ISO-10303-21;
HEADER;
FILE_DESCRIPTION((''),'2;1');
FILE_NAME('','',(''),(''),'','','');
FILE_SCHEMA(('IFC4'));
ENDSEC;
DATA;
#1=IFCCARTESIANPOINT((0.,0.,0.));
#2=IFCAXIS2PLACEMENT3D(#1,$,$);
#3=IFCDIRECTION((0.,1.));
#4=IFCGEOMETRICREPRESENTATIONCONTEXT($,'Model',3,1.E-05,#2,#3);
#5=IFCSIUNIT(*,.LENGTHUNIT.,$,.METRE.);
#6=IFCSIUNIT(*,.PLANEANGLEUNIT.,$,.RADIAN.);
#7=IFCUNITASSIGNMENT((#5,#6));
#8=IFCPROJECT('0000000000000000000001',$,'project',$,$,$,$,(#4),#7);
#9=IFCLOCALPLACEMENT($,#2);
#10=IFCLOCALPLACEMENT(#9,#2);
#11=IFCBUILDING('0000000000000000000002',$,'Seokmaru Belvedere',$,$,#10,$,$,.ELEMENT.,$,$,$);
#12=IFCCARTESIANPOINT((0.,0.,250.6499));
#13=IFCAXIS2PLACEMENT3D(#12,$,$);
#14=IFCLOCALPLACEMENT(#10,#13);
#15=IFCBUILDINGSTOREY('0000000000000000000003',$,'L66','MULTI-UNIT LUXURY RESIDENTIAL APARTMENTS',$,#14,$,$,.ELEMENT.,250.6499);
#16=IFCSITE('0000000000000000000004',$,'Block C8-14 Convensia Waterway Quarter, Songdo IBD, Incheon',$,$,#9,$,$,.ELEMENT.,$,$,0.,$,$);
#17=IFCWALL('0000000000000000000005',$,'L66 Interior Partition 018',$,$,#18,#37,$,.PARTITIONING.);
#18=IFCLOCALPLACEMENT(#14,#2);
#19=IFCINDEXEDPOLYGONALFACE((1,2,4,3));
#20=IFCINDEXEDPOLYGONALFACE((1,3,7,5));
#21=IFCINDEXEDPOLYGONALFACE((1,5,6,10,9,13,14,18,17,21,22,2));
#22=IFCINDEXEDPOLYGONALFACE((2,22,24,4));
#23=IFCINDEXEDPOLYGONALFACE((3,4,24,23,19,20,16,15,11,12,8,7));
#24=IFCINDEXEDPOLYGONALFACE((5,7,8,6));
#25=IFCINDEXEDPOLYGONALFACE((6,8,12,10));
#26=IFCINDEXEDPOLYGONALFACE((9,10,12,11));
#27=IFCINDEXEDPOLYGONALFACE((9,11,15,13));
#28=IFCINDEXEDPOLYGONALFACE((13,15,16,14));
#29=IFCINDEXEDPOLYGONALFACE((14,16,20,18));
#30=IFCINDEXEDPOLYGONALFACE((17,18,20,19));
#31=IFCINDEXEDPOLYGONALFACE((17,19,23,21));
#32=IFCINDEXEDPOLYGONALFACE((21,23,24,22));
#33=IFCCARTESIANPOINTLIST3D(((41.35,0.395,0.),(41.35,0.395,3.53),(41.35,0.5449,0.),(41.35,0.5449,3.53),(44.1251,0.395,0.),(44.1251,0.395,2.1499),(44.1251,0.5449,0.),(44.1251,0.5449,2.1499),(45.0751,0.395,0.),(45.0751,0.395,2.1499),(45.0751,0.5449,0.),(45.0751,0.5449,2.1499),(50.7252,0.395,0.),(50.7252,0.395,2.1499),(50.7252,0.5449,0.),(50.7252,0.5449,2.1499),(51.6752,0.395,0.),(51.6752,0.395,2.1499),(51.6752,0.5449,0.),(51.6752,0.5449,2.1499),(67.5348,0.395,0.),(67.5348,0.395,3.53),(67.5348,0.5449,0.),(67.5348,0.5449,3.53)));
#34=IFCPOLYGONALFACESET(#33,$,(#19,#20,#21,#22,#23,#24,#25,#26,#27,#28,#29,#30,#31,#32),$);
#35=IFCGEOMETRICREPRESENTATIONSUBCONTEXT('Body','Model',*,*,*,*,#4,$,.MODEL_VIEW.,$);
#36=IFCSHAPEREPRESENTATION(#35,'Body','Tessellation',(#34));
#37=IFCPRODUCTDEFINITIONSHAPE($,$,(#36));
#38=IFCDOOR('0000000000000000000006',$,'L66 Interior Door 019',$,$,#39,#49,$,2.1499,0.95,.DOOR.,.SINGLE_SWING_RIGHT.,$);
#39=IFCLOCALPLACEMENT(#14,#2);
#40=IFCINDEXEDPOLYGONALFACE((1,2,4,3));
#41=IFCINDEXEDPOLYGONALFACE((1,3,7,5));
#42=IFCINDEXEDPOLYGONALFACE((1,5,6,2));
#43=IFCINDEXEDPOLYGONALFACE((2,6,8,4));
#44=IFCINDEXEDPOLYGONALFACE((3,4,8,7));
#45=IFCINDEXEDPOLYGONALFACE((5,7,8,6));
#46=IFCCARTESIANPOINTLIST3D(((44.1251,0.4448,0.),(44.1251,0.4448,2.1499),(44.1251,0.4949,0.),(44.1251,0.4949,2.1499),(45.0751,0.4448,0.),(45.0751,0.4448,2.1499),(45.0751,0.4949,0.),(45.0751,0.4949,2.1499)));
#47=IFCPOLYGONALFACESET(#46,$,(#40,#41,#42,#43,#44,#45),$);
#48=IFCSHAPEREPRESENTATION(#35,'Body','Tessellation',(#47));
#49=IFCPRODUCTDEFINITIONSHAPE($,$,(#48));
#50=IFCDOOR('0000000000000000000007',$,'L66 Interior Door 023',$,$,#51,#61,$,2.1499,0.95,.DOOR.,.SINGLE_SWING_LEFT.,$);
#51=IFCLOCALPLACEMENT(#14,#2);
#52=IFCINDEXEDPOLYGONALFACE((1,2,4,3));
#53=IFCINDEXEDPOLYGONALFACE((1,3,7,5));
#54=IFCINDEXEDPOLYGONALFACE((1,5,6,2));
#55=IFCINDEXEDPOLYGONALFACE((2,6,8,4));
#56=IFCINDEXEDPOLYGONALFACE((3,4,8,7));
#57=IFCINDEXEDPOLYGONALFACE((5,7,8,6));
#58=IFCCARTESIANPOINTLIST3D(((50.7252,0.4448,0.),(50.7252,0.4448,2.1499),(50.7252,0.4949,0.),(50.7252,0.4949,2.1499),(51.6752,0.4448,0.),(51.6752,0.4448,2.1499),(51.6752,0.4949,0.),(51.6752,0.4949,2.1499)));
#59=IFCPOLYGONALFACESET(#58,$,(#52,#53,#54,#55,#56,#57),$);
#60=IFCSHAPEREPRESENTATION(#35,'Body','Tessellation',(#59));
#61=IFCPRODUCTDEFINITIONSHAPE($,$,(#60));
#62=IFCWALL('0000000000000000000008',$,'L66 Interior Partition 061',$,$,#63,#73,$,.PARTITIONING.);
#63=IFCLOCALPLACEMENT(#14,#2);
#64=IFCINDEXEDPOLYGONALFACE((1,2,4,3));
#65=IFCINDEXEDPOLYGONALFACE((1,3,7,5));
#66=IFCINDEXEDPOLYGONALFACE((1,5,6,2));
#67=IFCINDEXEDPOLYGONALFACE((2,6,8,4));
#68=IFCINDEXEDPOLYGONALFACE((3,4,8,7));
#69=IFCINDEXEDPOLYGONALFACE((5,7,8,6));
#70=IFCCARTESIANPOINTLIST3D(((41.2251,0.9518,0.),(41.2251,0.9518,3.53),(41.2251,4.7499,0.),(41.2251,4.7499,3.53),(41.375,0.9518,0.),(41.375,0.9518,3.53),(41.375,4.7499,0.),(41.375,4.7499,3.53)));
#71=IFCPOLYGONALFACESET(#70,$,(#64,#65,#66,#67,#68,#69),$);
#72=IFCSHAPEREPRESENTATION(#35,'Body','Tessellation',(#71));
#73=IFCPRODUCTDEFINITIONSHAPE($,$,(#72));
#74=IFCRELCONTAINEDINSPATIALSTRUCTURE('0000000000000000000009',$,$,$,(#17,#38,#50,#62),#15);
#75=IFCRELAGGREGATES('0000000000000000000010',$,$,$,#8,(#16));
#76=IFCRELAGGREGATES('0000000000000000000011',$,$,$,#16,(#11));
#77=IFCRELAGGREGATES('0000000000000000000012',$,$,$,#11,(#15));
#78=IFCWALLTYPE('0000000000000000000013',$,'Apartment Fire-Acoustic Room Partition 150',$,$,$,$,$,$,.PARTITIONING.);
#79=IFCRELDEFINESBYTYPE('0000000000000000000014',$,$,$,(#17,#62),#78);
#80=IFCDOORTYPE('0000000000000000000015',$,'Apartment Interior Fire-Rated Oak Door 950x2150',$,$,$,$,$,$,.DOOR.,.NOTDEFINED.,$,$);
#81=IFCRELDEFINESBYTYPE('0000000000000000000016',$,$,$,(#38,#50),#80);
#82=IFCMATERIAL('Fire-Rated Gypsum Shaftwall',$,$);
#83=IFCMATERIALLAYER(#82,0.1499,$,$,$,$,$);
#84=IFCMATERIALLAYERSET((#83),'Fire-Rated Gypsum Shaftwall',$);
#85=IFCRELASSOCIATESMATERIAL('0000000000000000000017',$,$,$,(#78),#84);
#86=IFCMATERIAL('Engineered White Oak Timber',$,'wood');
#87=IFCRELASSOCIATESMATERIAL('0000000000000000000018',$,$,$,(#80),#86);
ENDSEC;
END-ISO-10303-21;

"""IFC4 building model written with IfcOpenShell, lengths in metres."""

from ifc_helpers import new_model, si_unit, direction, frame, frame_2d, origin, place, context, subcontext, project, spatial, rectangle, extrude, source, transform, mapped, material, layer, layer_set, type_object, type_shapes, element, fill, save


model = new_model("IFC4")

# Units and contexts
model_context = context("Model", 3, precision=1e-05, world=origin(), true_north=direction((0.0, 1.0)))
body_context = subcontext(model_context, "Body", "Model", "MODEL_VIEW")
ifc_project = project(units=[si_unit("LENGTHUNIT", "METRE"), si_unit("PLANEANGLEUNIT", "RADIAN")], contexts=[model_context])

# Site, building, storey
site_placement = place(None, origin())
site = spatial("IfcSite", under=ifc_project, at=site_placement, Name="Block C8-14 Convensia Waterway Quarter, Songdo IBD, Incheon", CompositionType="ELEMENT", RefElevation=0.0)
building_placement = place(site_placement, origin())
building = spatial("IfcBuilding", under=site, at=building_placement, Name="Seokmaru Belvedere", CompositionType="ELEMENT")
storey_placement = place(building_placement, frame((0.0, 0.0, 250.6499)))
storey = spatial("IfcBuildingStorey", under=building, at=storey_placement, Name="L66", Description="MULTI-UNIT LUXURY RESIDENTIAL APARTMENTS", CompositionType="ELEMENT", Elevation=250.6499)

# Wall, openings, doors
ifc_material_1 = material(Name="Fire-Rated Gypsum Shaftwall")
ifc_layer_1 = layer(ifc_material_1, 0.1499)
ifc_layer_set_1 = layer_set([ifc_layer_1], Name="Fire-Rated Gypsum Shaftwall")
wall_type = type_object("IfcWallType", Name="Apartment Fire-Acoustic Room Partition 150", PredefinedType="PARTITIONING", material=ifc_layer_set_1)
wall_1_placement = place(storey_placement, frame((41.3501, 0.47, 0.0), z_axis=(0.0, 0.0, 1.0), x_axis=(1.0, 0.0, 0.0)))
wall_1 = element("IfcWall", 1, at=wall_1_placement, inside=storey, type_object=wall_type, Name="L66 Interior Partition 018", PredefinedType="PARTITIONING", context=body_context, shape_type="SweptSolid", body=[
    extrude(rectangle(XDim=26.1848, YDim=0.1499, at=frame_2d((13.0923, 0.0))), origin(), (0.0, 0.0, 1.0), 3.53),
])
opening_1_placement = place(wall_1_placement, frame((2.7749, 0.0, 0.0)))
opening_1 = element("IfcOpeningElement", 2, at=opening_1_placement, cuts=wall_1, PredefinedType="OPENING", context=body_context, shape_type="SweptSolid", body=[
    extrude(rectangle(XDim=0.95, YDim=2.1499, at=frame_2d((0.4751, 1.075))), frame((0.0, 0.085, 0.0), z_axis=(0.0, -1.0, 0.0), x_axis=(1.0, 0.0, 0.0)), (0.0, 0.0, 1.0), 0.1699),
])
opening_2_placement = place(wall_1_placement, frame((9.375, 0.0, 0.0)))
opening_2 = element("IfcOpeningElement", 3, at=opening_2_placement, cuts=wall_1, PredefinedType="OPENING", context=body_context, shape_type="SweptSolid", body=[
    extrude(rectangle(XDim=0.95, YDim=2.1499, at=frame_2d((0.4751, 1.075))), frame((0.0, 0.085, 0.0), z_axis=(0.0, -1.0, 0.0), x_axis=(1.0, 0.0, 0.0)), (0.0, 0.0, 1.0), 0.1699),
])
ifc_material_2 = material(Name="Engineered White Oak Timber", Category="wood")
door_type = type_object("IfcDoorType", Name="Apartment Interior Fire-Rated Oak Door 950x2150", OperationType="NOTDEFINED", PredefinedType="DOOR", material=ifc_material_2)
shared_shape_1 = source(origin(), body_context, "Body", "SweptSolid", [
    extrude(rectangle(XDim=0.95, YDim=2.1499, at=frame_2d((0.4751, 1.075))), frame((0.0, 0.0249, 0.0), z_axis=(0.0, -1.0, 0.0), x_axis=(1.0, 0.0, 0.0)), (0.0, 0.0, 1.0), 0.05),
])
type_shapes(door_type, [shared_shape_1])
door_1_placement = place(opening_1_placement, origin())
door_1 = element("IfcDoor", 4, at=door_1_placement, inside=storey, type_object=door_type, Name="L66 Interior Door 019", OperationType="SINGLE_SWING_RIGHT", OverallHeight=2.1499, OverallWidth=0.95, PredefinedType="DOOR", context=body_context, shape_type="MappedRepresentation", body=[
    mapped(shared_shape_1, transform((0.0, 0.0, 0.0), scale=1.0)),
])
fill(opening_1, door_1)
door_2_placement = place(opening_2_placement, origin())
door_2 = element("IfcDoor", 5, at=door_2_placement, inside=storey, type_object=door_type, Name="L66 Interior Door 023", OperationType="SINGLE_SWING_LEFT", OverallHeight=2.1499, OverallWidth=0.95, PredefinedType="DOOR", context=body_context, shape_type="MappedRepresentation", body=[
    mapped(shared_shape_1, transform((0.0, 0.0, 0.0), scale=1.0)),
])
fill(opening_2, door_2)

# Wall
wall_2_placement = place(storey_placement, frame((41.3, 0.9519, 0.0), z_axis=(0.0, 0.0, 1.0), x_axis=(0.0, 1.0, 0.0)))
element("IfcWall", 6, at=wall_2_placement, inside=storey, type_object=wall_type, Name="L66 Interior Partition 061", PredefinedType="PARTITIONING", context=body_context, shape_type="SweptSolid", body=[
    extrude(rectangle(XDim=3.7981, YDim=0.1499, at=frame_2d((1.8989, 0.0))), origin(), (0.0, 0.0, 1.0), 3.53),
])

save(model, "model.ifc")
